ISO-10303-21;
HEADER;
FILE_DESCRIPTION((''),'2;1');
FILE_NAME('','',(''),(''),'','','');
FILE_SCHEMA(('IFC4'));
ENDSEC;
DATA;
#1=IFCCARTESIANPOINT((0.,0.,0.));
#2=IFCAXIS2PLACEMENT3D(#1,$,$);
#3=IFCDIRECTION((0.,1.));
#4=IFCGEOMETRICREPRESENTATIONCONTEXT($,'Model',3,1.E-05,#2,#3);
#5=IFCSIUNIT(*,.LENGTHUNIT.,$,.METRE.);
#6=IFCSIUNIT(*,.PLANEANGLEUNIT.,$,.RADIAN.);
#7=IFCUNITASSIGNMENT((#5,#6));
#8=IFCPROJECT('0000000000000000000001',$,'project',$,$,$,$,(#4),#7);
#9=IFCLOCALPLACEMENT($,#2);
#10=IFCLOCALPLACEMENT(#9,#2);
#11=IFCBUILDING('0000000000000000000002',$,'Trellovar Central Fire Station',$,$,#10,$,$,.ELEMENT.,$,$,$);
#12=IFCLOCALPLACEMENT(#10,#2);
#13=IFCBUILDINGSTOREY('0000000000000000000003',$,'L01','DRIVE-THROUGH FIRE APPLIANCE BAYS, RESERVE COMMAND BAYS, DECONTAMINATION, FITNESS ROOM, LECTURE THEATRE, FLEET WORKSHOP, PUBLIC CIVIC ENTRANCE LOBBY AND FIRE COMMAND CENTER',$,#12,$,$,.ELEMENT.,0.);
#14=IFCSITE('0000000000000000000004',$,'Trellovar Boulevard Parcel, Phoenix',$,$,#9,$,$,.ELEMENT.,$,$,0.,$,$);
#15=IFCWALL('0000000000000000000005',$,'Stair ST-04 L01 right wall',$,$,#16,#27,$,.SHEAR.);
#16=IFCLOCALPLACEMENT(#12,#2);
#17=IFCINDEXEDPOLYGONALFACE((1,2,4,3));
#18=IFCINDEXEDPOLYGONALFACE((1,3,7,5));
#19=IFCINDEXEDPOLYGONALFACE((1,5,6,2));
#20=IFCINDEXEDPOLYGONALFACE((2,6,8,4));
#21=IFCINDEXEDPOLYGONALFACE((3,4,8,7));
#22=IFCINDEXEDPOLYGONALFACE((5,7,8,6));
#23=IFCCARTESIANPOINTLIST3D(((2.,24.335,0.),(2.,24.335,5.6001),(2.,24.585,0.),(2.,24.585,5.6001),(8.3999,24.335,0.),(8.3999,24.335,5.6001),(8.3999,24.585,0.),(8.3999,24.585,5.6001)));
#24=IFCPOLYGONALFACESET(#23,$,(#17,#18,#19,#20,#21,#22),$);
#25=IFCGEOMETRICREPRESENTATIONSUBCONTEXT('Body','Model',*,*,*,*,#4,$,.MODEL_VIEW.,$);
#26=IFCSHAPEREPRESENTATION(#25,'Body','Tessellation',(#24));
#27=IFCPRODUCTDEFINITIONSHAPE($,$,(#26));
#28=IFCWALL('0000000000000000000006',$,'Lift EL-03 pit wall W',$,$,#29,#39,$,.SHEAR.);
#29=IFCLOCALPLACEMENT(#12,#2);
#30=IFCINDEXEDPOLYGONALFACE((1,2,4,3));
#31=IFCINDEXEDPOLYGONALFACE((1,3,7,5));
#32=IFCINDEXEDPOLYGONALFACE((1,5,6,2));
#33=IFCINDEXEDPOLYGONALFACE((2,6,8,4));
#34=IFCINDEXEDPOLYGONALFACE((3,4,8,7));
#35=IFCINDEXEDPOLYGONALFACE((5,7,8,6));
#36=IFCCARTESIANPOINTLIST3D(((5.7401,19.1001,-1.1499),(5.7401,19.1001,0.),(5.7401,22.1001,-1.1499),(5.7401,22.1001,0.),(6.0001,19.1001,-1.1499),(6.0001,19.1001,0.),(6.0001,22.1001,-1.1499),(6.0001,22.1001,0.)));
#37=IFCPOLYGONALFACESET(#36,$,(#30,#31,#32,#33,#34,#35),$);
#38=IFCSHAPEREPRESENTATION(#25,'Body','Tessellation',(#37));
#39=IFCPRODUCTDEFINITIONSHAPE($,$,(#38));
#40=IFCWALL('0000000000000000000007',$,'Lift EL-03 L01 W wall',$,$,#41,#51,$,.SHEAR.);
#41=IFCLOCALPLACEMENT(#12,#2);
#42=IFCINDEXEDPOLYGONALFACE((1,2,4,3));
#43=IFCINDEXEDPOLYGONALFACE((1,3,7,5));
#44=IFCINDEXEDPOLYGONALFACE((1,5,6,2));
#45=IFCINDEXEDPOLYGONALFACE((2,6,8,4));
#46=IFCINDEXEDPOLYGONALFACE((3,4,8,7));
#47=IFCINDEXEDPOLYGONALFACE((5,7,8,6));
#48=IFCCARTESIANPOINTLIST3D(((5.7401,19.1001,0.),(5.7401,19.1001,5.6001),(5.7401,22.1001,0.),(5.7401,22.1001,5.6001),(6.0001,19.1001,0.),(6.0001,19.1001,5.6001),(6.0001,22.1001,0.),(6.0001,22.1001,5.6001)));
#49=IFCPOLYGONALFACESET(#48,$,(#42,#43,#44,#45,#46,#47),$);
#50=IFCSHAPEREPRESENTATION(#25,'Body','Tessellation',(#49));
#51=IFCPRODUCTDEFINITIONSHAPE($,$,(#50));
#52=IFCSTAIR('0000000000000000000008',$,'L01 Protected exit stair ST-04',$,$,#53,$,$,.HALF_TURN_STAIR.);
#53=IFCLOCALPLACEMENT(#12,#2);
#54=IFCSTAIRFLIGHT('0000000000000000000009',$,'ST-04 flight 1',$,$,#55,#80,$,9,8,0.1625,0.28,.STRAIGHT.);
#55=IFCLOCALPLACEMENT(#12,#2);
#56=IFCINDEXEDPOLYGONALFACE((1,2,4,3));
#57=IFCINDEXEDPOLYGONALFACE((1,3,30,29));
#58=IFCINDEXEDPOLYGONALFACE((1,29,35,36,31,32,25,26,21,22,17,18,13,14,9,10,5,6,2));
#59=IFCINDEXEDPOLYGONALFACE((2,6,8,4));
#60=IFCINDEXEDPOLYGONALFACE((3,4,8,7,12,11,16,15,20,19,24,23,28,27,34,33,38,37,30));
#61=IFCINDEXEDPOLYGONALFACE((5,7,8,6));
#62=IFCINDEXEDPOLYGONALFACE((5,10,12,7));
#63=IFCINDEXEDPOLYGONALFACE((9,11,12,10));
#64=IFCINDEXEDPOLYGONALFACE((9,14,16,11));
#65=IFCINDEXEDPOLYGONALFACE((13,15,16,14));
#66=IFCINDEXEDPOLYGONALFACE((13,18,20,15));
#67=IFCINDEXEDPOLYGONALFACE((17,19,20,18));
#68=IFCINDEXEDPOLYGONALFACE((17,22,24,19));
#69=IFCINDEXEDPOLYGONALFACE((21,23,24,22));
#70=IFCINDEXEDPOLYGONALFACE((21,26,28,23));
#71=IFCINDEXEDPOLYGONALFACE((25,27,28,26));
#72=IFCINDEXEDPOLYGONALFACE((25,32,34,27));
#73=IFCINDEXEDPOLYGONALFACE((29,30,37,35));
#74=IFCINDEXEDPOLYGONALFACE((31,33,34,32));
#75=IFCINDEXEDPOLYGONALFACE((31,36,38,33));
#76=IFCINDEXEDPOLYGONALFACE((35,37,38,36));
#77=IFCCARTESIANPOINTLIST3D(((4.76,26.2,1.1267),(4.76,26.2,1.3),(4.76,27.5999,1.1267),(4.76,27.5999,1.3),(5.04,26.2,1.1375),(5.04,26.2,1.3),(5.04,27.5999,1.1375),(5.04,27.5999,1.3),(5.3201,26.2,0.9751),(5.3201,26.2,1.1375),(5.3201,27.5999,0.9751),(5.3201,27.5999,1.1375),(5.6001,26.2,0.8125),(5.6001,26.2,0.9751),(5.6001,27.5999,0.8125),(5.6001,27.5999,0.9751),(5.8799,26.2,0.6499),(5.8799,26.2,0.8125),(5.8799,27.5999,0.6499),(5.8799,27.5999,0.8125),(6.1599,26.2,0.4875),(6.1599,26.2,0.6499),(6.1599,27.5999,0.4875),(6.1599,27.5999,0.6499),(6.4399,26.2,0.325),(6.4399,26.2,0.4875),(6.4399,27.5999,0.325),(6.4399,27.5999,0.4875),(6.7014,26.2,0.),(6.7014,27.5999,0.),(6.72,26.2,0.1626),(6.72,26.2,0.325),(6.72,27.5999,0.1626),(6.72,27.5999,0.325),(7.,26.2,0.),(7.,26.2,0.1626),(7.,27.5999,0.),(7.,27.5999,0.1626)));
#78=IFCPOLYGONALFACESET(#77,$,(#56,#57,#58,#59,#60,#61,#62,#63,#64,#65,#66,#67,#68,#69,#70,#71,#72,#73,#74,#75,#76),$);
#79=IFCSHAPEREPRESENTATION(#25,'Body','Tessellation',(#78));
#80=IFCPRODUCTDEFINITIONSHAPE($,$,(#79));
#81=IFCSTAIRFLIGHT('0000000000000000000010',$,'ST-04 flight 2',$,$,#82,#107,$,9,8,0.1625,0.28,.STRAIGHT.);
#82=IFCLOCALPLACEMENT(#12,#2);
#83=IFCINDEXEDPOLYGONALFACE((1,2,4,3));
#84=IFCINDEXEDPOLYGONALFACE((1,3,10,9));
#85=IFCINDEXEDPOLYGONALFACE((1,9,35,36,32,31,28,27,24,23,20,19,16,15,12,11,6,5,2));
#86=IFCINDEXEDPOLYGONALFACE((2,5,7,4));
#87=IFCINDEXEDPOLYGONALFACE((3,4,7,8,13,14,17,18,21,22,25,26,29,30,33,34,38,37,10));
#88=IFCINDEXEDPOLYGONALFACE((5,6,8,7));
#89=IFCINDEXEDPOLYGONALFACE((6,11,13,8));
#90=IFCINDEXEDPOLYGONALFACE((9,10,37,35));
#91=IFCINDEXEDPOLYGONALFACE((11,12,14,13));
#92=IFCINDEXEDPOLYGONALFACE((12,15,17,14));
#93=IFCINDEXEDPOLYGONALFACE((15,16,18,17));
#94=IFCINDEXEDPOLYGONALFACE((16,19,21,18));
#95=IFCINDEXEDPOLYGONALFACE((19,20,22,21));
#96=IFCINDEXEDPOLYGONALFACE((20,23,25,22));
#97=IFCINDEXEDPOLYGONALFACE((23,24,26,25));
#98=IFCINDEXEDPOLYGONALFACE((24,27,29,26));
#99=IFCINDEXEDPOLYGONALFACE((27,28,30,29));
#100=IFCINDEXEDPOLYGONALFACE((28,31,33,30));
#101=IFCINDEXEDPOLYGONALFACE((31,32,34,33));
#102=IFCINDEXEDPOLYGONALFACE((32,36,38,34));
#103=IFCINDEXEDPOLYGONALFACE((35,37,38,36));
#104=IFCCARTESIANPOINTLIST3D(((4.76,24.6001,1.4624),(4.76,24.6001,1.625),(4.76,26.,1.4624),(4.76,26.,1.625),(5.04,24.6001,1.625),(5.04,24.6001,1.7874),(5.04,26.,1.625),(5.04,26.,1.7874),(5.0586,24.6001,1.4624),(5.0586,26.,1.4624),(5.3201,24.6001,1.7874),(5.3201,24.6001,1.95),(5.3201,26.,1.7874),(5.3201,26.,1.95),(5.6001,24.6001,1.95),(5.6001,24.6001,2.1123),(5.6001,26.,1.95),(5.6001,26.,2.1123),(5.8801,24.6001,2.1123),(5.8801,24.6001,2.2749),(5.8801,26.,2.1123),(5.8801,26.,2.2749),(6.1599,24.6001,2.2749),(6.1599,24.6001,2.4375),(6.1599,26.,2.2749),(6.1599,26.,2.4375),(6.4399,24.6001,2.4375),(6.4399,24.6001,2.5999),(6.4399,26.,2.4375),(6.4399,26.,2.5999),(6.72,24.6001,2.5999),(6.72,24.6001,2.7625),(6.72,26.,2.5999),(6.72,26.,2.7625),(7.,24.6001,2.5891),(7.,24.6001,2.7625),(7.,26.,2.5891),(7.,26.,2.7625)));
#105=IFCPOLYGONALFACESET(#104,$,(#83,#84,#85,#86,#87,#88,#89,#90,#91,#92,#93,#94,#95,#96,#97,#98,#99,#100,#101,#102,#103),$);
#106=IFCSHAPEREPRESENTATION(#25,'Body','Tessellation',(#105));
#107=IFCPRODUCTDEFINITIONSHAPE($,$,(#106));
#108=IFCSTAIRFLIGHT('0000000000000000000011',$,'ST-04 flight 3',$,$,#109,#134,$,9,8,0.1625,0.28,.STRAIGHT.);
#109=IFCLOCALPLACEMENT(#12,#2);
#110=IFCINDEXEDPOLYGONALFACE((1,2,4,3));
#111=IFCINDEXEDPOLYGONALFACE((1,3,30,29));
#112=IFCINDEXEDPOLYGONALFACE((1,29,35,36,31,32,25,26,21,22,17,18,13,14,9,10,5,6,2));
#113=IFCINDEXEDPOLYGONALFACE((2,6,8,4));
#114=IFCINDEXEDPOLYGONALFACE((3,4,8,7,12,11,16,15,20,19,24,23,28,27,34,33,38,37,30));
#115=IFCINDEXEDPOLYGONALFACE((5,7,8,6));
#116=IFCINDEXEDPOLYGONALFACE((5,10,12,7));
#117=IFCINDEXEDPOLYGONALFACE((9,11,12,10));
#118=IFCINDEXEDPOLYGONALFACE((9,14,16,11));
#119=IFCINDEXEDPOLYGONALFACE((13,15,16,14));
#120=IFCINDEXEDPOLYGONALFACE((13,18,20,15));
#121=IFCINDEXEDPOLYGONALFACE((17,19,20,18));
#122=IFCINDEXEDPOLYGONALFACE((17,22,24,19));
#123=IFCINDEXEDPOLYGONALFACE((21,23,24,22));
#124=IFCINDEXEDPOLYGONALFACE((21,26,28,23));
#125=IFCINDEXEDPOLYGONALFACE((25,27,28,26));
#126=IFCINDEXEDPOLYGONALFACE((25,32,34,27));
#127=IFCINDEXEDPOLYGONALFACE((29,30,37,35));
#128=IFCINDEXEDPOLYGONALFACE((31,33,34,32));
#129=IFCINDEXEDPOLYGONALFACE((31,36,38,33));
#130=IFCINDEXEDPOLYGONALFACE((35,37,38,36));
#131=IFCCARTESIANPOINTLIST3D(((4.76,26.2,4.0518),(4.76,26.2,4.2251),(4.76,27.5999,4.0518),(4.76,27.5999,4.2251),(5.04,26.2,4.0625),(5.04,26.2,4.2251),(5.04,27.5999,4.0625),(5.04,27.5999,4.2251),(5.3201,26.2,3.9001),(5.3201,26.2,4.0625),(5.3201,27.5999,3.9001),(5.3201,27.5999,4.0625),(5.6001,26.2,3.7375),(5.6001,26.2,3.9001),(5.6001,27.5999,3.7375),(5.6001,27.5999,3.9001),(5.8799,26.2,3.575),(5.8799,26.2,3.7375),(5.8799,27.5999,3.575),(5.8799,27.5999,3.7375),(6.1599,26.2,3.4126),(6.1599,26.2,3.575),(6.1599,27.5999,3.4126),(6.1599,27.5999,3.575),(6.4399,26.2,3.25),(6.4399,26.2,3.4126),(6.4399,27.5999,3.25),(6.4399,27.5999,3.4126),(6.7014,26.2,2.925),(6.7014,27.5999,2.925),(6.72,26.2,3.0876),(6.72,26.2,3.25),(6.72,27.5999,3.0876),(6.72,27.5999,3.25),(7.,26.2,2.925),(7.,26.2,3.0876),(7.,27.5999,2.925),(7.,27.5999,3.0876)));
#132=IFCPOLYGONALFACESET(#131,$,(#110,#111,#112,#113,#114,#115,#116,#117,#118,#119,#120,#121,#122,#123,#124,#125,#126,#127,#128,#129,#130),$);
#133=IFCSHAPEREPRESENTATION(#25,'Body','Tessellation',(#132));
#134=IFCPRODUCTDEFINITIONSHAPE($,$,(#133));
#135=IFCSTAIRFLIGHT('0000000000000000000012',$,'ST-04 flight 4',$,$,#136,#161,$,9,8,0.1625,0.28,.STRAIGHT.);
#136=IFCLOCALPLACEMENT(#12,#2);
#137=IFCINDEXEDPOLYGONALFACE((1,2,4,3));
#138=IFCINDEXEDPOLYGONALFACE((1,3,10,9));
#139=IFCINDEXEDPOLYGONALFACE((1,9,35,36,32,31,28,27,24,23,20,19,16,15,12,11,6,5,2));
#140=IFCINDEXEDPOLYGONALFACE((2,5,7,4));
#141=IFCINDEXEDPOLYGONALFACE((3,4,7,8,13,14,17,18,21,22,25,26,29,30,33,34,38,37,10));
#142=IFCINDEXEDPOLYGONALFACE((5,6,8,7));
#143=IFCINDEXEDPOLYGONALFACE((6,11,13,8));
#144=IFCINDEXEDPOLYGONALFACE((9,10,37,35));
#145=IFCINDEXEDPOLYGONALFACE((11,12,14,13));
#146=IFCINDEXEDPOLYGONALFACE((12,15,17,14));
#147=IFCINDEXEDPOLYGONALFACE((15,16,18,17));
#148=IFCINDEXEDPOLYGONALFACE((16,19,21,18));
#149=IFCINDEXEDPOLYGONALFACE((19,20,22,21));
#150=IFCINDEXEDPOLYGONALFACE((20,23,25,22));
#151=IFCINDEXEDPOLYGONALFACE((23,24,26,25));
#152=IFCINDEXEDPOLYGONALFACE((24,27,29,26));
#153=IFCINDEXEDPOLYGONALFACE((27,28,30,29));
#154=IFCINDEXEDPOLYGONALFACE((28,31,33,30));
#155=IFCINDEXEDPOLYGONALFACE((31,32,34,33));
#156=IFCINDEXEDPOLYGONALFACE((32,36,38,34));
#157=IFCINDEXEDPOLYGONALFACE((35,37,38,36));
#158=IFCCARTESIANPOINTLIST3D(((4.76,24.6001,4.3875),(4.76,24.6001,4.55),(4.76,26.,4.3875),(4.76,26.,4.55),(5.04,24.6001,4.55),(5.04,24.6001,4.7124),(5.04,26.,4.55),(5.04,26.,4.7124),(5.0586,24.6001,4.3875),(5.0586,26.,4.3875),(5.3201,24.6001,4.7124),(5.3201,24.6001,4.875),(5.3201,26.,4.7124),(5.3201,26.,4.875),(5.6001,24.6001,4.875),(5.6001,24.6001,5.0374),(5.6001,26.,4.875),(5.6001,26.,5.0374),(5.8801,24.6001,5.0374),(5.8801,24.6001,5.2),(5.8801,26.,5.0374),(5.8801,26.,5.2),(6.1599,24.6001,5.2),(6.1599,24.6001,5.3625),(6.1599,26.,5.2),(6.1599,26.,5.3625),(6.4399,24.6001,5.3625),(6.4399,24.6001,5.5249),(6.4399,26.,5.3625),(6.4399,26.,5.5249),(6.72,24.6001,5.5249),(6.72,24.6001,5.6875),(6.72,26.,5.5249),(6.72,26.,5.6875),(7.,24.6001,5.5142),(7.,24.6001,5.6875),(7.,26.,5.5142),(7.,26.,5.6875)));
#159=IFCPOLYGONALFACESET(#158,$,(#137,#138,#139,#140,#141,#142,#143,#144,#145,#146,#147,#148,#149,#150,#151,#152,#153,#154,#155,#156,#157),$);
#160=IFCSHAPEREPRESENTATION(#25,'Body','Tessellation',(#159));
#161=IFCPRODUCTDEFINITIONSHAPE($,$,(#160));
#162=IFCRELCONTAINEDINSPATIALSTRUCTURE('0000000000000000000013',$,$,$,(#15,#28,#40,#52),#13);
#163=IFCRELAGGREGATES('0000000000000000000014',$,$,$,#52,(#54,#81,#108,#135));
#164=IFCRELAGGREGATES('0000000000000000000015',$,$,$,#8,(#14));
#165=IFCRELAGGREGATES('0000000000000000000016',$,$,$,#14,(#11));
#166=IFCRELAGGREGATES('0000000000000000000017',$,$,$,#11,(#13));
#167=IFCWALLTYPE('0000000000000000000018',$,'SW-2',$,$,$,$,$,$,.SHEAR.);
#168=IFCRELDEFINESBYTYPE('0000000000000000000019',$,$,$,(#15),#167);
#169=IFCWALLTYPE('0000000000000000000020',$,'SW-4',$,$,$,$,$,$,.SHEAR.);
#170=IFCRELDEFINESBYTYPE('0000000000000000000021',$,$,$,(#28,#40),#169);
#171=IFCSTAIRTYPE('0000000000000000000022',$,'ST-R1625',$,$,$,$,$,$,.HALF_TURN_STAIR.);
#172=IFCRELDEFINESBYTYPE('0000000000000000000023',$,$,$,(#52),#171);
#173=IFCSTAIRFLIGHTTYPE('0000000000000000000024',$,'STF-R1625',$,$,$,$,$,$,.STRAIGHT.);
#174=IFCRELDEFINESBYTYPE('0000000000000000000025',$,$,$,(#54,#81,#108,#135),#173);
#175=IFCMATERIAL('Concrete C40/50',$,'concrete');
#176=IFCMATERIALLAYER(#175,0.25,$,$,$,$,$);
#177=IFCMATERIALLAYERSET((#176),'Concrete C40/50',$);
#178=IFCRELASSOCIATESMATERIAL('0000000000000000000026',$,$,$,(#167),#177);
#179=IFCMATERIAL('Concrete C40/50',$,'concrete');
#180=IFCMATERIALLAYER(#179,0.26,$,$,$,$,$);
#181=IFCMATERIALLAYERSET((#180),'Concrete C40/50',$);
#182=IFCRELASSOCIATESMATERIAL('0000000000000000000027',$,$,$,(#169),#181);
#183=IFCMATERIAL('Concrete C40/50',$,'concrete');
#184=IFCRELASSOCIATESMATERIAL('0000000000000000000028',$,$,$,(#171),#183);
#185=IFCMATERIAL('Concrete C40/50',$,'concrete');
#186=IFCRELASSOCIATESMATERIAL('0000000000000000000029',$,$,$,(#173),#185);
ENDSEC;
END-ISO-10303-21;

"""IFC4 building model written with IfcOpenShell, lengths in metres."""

from ifc_helpers import new_model, si_unit, direction, frame, frame_2d, origin, place, context, subcontext, project, spatial, polyline, rectangle, outline, extrude, material, layer, layer_set, type_object, element, aggregate, save


model = new_model("IFC4")

# Units and contexts
model_context = context("Model", 3, precision=1e-05, world=origin(), true_north=direction((0.0, 1.0)))
body_context = subcontext(model_context, "Body", "Model", "MODEL_VIEW")
ifc_project = project(units=[si_unit("LENGTHUNIT", "METRE"), si_unit("PLANEANGLEUNIT", "RADIAN")], contexts=[model_context])

# Site, building, storey
site_placement = place(None, origin())
site = spatial("IfcSite", under=ifc_project, at=site_placement, Name="Trellovar Boulevard Parcel, Phoenix", CompositionType="ELEMENT", RefElevation=0.0)
building_placement = place(site_placement, origin())
building = spatial("IfcBuilding", under=site, at=building_placement, Name="Trellovar Central Fire Station", CompositionType="ELEMENT")
storey_placement = place(building_placement, origin())
storey = spatial("IfcBuildingStorey", under=building, at=storey_placement, Name="L01", Description="DRIVE-THROUGH FIRE APPLIANCE BAYS, RESERVE COMMAND BAYS, DECONTAMINATION, FITNESS ROOM, LECTURE THEATRE, FLEET WORKSHOP, PUBLIC CIVIC ENTRANCE LOBBY AND FIRE COMMAND CENTER", CompositionType="ELEMENT", Elevation=0.0)

# Walls
ifc_material_1 = material(Name="Concrete C40/50", Category="concrete")
ifc_layer_1 = layer(ifc_material_1, 0.25)
ifc_layer_set_1 = layer_set([ifc_layer_1], Name="Concrete C40/50")
wall_type_1 = type_object("IfcWallType", Name="SW-2", PredefinedType="SHEAR", material=ifc_layer_set_1)
wall_1_placement = place(storey_placement, frame((2.0, 24.46, 0.0), z_axis=(0.0, 0.0, 1.0), x_axis=(1.0, 0.0, 0.0)))
element("IfcWall", 1, at=wall_1_placement, inside=storey, type_object=wall_type_1, Name="Stair ST-04 L01 right wall", PredefinedType="SHEAR", context=body_context, shape_type="SweptSolid", body=[
    extrude(rectangle(XDim=6.3999, YDim=0.25, at=frame_2d((3.2, 0.0))), origin(), (0.0, 0.0, 1.0), 5.6001),
])
ifc_material_2 = material(Name="Concrete C40/50", Category="concrete")
ifc_layer_2 = layer(ifc_material_2, 0.26)
ifc_layer_set_2 = layer_set([ifc_layer_2], Name="Concrete C40/50")
wall_type_2 = type_object("IfcWallType", Name="SW-4", PredefinedType="SHEAR", material=ifc_layer_set_2)
wall_2_placement = place(storey_placement, frame((5.8701, 22.1001, -1.1499), z_axis=(0.0, 0.0, 1.0), x_axis=(0.0, -1.0, 0.0)))
element("IfcWall", 2, at=wall_2_placement, inside=storey, type_object=wall_type_2, Name="Lift EL-03 pit wall W", PredefinedType="SHEAR", context=body_context, shape_type="SweptSolid", body=[
    extrude(rectangle(XDim=3.0, YDim=0.26, at=frame_2d((1.5, 0.0))), origin(), (0.0, 0.0, 1.0), 1.1499),
])
wall_3_placement = place(storey_placement, frame((5.8701, 22.1001, 0.0), z_axis=(0.0, 0.0, 1.0), x_axis=(0.0, -1.0, 0.0)))
element("IfcWall", 3, at=wall_3_placement, inside=storey, type_object=wall_type_2, Name="Lift EL-03 L01 W wall", PredefinedType="SHEAR", context=body_context, shape_type="SweptSolid", body=[
    extrude(rectangle(XDim=3.0, YDim=0.26, at=frame_2d((1.5, 0.0))), origin(), (0.0, 0.0, 1.0), 5.6001),
])

# Stair, stair flights
ifc_material_3 = material(Name="Concrete C40/50", Category="concrete")
stair_type = type_object("IfcStairType", Name="ST-R1625", PredefinedType="HALF_TURN_STAIR", material=ifc_material_3)
stair_placement = place(storey_placement, origin())
stair = element("IfcStair", 4, at=stair_placement, inside=storey, type_object=stair_type, Name="L01 Protected exit stair ST-04", PredefinedType="HALF_TURN_STAIR")
ifc_material_4 = material(Name="Concrete C40/50", Category="concrete")
stair_flight_type = type_object("IfcStairFlightType", Name="STF-R1625", PredefinedType="STRAIGHT", material=ifc_material_4)
stair_flight_1_placement = place(storey_placement, frame((7.0, 26.8999, 0.0), z_axis=(0.0, 0.0, 1.0), x_axis=(-1.0, 0.0, 0.0)))
stair_flight_1 = element("IfcStairFlight", 5, at=stair_flight_1_placement, type_object=stair_flight_type, Name="ST-04 flight 1", NumberOfRisers=9, NumberOfTreads=8, PredefinedType="STRAIGHT", RiserHeight=0.1625, TreadLength=0.28, context=body_context, shape_type="SweptSolid", body=[
    extrude(outline(polyline([(0.0, 0.0), (0.0, 0.1626), (0.28, 0.1626), (0.28, 0.325), (0.5601, 0.325), (0.5601, 0.4875), (0.8401, 0.4875), (0.8401, 0.6499), (1.1201, 0.6499), (1.1201, 0.8125), (1.3999, 0.8125), (1.3999, 0.9751), (1.6799, 0.9751), (1.6799, 1.1375), (1.96, 1.1375), (1.96, 1.3), (2.24, 1.3), (2.24, 1.4624), (2.24, 1.1267), (0.2986, 0.0), (0.0, 0.0)])), frame((0.0, 0.7, 0.0), z_axis=(0.0, -1.0, 0.0), x_axis=(1.0, 0.0, 0.0)), (0.0, 0.0, 1.0), 1.3999),
])
stair_flight_2_placement = place(storey_placement, frame((4.76, 25.3, 1.4624), z_axis=(0.0, 0.0, 1.0), x_axis=(1.0, 0.0, 0.0)))
stair_flight_2 = element("IfcStairFlight", 6, at=stair_flight_2_placement, type_object=stair_flight_type, Name="ST-04 flight 2", NumberOfRisers=9, NumberOfTreads=8, PredefinedType="STRAIGHT", RiserHeight=0.1625, TreadLength=0.28, context=body_context, shape_type="SweptSolid", body=[
    extrude(outline(polyline([(0.0, 0.0), (0.0, 0.1626), (0.28, 0.1626), (0.28, 0.325), (0.5601, 0.325), (0.5601, 0.4875), (0.8401, 0.4875), (0.8401, 0.6499), (1.1201, 0.6499), (1.1201, 0.8125), (1.3999, 0.8125), (1.3999, 0.9751), (1.6799, 0.9751), (1.6799, 1.1375), (1.96, 1.1375), (1.96, 1.3), (2.24, 1.3), (2.24, 1.4624), (2.24, 1.1267), (0.2986, 0.0), (0.0, 0.0)])), frame((0.0, 0.7, 0.0), z_axis=(0.0, -1.0, 0.0), x_axis=(1.0, 0.0, 0.0)), (0.0, 0.0, 1.0), 1.3999),
])
stair_flight_3_placement = place(storey_placement, frame((7.0, 26.8999, 2.925), z_axis=(0.0, 0.0, 1.0), x_axis=(-1.0, 0.0, 0.0)))
stair_flight_3 = element("IfcStairFlight", 7, at=stair_flight_3_placement, type_object=stair_flight_type, Name="ST-04 flight 3", NumberOfRisers=9, NumberOfTreads=8, PredefinedType="STRAIGHT", RiserHeight=0.1625, TreadLength=0.28, context=body_context, shape_type="SweptSolid", body=[
    extrude(outline(polyline([(0.0, 0.0), (0.0, 0.1626), (0.28, 0.1626), (0.28, 0.325), (0.5601, 0.325), (0.5601, 0.4875), (0.8401, 0.4875), (0.8401, 0.6499), (1.1201, 0.6499), (1.1201, 0.8125), (1.3999, 0.8125), (1.3999, 0.9751), (1.6799, 0.9751), (1.6799, 1.1375), (1.96, 1.1375), (1.96, 1.3), (2.24, 1.3), (2.24, 1.4624), (2.24, 1.1267), (0.2986, 0.0), (0.0, 0.0)])), frame((0.0, 0.7, 0.0), z_axis=(0.0, -1.0, 0.0), x_axis=(1.0, 0.0, 0.0)), (0.0, 0.0, 1.0), 1.3999),
])
stair_flight_4_placement = place(storey_placement, frame((4.76, 25.3, 4.3875), z_axis=(0.0, 0.0, 1.0), x_axis=(1.0, 0.0, 0.0)))
stair_flight_4 = element("IfcStairFlight", 8, at=stair_flight_4_placement, type_object=stair_flight_type, Name="ST-04 flight 4", NumberOfRisers=9, NumberOfTreads=8, PredefinedType="STRAIGHT", RiserHeight=0.1625, TreadLength=0.28, context=body_context, shape_type="SweptSolid", body=[
    extrude(outline(polyline([(0.0, 0.0), (0.0, 0.1626), (0.28, 0.1626), (0.28, 0.325), (0.5601, 0.325), (0.5601, 0.4875), (0.8401, 0.4875), (0.8401, 0.6499), (1.1201, 0.6499), (1.1201, 0.8125), (1.3999, 0.8125), (1.3999, 0.9751), (1.6799, 0.9751), (1.6799, 1.1375), (1.96, 1.1375), (1.96, 1.3), (2.24, 1.3), (2.24, 1.4624), (2.24, 1.1267), (0.2986, 0.0), (0.0, 0.0)])), frame((0.0, 0.7, 0.0), z_axis=(0.0, -1.0, 0.0), x_axis=(1.0, 0.0, 0.0)), (0.0, 0.0, 1.0), 1.3999),
])
aggregate(stair, [stair_flight_1, stair_flight_2, stair_flight_3, stair_flight_4])

save(model, "model.ifc")
